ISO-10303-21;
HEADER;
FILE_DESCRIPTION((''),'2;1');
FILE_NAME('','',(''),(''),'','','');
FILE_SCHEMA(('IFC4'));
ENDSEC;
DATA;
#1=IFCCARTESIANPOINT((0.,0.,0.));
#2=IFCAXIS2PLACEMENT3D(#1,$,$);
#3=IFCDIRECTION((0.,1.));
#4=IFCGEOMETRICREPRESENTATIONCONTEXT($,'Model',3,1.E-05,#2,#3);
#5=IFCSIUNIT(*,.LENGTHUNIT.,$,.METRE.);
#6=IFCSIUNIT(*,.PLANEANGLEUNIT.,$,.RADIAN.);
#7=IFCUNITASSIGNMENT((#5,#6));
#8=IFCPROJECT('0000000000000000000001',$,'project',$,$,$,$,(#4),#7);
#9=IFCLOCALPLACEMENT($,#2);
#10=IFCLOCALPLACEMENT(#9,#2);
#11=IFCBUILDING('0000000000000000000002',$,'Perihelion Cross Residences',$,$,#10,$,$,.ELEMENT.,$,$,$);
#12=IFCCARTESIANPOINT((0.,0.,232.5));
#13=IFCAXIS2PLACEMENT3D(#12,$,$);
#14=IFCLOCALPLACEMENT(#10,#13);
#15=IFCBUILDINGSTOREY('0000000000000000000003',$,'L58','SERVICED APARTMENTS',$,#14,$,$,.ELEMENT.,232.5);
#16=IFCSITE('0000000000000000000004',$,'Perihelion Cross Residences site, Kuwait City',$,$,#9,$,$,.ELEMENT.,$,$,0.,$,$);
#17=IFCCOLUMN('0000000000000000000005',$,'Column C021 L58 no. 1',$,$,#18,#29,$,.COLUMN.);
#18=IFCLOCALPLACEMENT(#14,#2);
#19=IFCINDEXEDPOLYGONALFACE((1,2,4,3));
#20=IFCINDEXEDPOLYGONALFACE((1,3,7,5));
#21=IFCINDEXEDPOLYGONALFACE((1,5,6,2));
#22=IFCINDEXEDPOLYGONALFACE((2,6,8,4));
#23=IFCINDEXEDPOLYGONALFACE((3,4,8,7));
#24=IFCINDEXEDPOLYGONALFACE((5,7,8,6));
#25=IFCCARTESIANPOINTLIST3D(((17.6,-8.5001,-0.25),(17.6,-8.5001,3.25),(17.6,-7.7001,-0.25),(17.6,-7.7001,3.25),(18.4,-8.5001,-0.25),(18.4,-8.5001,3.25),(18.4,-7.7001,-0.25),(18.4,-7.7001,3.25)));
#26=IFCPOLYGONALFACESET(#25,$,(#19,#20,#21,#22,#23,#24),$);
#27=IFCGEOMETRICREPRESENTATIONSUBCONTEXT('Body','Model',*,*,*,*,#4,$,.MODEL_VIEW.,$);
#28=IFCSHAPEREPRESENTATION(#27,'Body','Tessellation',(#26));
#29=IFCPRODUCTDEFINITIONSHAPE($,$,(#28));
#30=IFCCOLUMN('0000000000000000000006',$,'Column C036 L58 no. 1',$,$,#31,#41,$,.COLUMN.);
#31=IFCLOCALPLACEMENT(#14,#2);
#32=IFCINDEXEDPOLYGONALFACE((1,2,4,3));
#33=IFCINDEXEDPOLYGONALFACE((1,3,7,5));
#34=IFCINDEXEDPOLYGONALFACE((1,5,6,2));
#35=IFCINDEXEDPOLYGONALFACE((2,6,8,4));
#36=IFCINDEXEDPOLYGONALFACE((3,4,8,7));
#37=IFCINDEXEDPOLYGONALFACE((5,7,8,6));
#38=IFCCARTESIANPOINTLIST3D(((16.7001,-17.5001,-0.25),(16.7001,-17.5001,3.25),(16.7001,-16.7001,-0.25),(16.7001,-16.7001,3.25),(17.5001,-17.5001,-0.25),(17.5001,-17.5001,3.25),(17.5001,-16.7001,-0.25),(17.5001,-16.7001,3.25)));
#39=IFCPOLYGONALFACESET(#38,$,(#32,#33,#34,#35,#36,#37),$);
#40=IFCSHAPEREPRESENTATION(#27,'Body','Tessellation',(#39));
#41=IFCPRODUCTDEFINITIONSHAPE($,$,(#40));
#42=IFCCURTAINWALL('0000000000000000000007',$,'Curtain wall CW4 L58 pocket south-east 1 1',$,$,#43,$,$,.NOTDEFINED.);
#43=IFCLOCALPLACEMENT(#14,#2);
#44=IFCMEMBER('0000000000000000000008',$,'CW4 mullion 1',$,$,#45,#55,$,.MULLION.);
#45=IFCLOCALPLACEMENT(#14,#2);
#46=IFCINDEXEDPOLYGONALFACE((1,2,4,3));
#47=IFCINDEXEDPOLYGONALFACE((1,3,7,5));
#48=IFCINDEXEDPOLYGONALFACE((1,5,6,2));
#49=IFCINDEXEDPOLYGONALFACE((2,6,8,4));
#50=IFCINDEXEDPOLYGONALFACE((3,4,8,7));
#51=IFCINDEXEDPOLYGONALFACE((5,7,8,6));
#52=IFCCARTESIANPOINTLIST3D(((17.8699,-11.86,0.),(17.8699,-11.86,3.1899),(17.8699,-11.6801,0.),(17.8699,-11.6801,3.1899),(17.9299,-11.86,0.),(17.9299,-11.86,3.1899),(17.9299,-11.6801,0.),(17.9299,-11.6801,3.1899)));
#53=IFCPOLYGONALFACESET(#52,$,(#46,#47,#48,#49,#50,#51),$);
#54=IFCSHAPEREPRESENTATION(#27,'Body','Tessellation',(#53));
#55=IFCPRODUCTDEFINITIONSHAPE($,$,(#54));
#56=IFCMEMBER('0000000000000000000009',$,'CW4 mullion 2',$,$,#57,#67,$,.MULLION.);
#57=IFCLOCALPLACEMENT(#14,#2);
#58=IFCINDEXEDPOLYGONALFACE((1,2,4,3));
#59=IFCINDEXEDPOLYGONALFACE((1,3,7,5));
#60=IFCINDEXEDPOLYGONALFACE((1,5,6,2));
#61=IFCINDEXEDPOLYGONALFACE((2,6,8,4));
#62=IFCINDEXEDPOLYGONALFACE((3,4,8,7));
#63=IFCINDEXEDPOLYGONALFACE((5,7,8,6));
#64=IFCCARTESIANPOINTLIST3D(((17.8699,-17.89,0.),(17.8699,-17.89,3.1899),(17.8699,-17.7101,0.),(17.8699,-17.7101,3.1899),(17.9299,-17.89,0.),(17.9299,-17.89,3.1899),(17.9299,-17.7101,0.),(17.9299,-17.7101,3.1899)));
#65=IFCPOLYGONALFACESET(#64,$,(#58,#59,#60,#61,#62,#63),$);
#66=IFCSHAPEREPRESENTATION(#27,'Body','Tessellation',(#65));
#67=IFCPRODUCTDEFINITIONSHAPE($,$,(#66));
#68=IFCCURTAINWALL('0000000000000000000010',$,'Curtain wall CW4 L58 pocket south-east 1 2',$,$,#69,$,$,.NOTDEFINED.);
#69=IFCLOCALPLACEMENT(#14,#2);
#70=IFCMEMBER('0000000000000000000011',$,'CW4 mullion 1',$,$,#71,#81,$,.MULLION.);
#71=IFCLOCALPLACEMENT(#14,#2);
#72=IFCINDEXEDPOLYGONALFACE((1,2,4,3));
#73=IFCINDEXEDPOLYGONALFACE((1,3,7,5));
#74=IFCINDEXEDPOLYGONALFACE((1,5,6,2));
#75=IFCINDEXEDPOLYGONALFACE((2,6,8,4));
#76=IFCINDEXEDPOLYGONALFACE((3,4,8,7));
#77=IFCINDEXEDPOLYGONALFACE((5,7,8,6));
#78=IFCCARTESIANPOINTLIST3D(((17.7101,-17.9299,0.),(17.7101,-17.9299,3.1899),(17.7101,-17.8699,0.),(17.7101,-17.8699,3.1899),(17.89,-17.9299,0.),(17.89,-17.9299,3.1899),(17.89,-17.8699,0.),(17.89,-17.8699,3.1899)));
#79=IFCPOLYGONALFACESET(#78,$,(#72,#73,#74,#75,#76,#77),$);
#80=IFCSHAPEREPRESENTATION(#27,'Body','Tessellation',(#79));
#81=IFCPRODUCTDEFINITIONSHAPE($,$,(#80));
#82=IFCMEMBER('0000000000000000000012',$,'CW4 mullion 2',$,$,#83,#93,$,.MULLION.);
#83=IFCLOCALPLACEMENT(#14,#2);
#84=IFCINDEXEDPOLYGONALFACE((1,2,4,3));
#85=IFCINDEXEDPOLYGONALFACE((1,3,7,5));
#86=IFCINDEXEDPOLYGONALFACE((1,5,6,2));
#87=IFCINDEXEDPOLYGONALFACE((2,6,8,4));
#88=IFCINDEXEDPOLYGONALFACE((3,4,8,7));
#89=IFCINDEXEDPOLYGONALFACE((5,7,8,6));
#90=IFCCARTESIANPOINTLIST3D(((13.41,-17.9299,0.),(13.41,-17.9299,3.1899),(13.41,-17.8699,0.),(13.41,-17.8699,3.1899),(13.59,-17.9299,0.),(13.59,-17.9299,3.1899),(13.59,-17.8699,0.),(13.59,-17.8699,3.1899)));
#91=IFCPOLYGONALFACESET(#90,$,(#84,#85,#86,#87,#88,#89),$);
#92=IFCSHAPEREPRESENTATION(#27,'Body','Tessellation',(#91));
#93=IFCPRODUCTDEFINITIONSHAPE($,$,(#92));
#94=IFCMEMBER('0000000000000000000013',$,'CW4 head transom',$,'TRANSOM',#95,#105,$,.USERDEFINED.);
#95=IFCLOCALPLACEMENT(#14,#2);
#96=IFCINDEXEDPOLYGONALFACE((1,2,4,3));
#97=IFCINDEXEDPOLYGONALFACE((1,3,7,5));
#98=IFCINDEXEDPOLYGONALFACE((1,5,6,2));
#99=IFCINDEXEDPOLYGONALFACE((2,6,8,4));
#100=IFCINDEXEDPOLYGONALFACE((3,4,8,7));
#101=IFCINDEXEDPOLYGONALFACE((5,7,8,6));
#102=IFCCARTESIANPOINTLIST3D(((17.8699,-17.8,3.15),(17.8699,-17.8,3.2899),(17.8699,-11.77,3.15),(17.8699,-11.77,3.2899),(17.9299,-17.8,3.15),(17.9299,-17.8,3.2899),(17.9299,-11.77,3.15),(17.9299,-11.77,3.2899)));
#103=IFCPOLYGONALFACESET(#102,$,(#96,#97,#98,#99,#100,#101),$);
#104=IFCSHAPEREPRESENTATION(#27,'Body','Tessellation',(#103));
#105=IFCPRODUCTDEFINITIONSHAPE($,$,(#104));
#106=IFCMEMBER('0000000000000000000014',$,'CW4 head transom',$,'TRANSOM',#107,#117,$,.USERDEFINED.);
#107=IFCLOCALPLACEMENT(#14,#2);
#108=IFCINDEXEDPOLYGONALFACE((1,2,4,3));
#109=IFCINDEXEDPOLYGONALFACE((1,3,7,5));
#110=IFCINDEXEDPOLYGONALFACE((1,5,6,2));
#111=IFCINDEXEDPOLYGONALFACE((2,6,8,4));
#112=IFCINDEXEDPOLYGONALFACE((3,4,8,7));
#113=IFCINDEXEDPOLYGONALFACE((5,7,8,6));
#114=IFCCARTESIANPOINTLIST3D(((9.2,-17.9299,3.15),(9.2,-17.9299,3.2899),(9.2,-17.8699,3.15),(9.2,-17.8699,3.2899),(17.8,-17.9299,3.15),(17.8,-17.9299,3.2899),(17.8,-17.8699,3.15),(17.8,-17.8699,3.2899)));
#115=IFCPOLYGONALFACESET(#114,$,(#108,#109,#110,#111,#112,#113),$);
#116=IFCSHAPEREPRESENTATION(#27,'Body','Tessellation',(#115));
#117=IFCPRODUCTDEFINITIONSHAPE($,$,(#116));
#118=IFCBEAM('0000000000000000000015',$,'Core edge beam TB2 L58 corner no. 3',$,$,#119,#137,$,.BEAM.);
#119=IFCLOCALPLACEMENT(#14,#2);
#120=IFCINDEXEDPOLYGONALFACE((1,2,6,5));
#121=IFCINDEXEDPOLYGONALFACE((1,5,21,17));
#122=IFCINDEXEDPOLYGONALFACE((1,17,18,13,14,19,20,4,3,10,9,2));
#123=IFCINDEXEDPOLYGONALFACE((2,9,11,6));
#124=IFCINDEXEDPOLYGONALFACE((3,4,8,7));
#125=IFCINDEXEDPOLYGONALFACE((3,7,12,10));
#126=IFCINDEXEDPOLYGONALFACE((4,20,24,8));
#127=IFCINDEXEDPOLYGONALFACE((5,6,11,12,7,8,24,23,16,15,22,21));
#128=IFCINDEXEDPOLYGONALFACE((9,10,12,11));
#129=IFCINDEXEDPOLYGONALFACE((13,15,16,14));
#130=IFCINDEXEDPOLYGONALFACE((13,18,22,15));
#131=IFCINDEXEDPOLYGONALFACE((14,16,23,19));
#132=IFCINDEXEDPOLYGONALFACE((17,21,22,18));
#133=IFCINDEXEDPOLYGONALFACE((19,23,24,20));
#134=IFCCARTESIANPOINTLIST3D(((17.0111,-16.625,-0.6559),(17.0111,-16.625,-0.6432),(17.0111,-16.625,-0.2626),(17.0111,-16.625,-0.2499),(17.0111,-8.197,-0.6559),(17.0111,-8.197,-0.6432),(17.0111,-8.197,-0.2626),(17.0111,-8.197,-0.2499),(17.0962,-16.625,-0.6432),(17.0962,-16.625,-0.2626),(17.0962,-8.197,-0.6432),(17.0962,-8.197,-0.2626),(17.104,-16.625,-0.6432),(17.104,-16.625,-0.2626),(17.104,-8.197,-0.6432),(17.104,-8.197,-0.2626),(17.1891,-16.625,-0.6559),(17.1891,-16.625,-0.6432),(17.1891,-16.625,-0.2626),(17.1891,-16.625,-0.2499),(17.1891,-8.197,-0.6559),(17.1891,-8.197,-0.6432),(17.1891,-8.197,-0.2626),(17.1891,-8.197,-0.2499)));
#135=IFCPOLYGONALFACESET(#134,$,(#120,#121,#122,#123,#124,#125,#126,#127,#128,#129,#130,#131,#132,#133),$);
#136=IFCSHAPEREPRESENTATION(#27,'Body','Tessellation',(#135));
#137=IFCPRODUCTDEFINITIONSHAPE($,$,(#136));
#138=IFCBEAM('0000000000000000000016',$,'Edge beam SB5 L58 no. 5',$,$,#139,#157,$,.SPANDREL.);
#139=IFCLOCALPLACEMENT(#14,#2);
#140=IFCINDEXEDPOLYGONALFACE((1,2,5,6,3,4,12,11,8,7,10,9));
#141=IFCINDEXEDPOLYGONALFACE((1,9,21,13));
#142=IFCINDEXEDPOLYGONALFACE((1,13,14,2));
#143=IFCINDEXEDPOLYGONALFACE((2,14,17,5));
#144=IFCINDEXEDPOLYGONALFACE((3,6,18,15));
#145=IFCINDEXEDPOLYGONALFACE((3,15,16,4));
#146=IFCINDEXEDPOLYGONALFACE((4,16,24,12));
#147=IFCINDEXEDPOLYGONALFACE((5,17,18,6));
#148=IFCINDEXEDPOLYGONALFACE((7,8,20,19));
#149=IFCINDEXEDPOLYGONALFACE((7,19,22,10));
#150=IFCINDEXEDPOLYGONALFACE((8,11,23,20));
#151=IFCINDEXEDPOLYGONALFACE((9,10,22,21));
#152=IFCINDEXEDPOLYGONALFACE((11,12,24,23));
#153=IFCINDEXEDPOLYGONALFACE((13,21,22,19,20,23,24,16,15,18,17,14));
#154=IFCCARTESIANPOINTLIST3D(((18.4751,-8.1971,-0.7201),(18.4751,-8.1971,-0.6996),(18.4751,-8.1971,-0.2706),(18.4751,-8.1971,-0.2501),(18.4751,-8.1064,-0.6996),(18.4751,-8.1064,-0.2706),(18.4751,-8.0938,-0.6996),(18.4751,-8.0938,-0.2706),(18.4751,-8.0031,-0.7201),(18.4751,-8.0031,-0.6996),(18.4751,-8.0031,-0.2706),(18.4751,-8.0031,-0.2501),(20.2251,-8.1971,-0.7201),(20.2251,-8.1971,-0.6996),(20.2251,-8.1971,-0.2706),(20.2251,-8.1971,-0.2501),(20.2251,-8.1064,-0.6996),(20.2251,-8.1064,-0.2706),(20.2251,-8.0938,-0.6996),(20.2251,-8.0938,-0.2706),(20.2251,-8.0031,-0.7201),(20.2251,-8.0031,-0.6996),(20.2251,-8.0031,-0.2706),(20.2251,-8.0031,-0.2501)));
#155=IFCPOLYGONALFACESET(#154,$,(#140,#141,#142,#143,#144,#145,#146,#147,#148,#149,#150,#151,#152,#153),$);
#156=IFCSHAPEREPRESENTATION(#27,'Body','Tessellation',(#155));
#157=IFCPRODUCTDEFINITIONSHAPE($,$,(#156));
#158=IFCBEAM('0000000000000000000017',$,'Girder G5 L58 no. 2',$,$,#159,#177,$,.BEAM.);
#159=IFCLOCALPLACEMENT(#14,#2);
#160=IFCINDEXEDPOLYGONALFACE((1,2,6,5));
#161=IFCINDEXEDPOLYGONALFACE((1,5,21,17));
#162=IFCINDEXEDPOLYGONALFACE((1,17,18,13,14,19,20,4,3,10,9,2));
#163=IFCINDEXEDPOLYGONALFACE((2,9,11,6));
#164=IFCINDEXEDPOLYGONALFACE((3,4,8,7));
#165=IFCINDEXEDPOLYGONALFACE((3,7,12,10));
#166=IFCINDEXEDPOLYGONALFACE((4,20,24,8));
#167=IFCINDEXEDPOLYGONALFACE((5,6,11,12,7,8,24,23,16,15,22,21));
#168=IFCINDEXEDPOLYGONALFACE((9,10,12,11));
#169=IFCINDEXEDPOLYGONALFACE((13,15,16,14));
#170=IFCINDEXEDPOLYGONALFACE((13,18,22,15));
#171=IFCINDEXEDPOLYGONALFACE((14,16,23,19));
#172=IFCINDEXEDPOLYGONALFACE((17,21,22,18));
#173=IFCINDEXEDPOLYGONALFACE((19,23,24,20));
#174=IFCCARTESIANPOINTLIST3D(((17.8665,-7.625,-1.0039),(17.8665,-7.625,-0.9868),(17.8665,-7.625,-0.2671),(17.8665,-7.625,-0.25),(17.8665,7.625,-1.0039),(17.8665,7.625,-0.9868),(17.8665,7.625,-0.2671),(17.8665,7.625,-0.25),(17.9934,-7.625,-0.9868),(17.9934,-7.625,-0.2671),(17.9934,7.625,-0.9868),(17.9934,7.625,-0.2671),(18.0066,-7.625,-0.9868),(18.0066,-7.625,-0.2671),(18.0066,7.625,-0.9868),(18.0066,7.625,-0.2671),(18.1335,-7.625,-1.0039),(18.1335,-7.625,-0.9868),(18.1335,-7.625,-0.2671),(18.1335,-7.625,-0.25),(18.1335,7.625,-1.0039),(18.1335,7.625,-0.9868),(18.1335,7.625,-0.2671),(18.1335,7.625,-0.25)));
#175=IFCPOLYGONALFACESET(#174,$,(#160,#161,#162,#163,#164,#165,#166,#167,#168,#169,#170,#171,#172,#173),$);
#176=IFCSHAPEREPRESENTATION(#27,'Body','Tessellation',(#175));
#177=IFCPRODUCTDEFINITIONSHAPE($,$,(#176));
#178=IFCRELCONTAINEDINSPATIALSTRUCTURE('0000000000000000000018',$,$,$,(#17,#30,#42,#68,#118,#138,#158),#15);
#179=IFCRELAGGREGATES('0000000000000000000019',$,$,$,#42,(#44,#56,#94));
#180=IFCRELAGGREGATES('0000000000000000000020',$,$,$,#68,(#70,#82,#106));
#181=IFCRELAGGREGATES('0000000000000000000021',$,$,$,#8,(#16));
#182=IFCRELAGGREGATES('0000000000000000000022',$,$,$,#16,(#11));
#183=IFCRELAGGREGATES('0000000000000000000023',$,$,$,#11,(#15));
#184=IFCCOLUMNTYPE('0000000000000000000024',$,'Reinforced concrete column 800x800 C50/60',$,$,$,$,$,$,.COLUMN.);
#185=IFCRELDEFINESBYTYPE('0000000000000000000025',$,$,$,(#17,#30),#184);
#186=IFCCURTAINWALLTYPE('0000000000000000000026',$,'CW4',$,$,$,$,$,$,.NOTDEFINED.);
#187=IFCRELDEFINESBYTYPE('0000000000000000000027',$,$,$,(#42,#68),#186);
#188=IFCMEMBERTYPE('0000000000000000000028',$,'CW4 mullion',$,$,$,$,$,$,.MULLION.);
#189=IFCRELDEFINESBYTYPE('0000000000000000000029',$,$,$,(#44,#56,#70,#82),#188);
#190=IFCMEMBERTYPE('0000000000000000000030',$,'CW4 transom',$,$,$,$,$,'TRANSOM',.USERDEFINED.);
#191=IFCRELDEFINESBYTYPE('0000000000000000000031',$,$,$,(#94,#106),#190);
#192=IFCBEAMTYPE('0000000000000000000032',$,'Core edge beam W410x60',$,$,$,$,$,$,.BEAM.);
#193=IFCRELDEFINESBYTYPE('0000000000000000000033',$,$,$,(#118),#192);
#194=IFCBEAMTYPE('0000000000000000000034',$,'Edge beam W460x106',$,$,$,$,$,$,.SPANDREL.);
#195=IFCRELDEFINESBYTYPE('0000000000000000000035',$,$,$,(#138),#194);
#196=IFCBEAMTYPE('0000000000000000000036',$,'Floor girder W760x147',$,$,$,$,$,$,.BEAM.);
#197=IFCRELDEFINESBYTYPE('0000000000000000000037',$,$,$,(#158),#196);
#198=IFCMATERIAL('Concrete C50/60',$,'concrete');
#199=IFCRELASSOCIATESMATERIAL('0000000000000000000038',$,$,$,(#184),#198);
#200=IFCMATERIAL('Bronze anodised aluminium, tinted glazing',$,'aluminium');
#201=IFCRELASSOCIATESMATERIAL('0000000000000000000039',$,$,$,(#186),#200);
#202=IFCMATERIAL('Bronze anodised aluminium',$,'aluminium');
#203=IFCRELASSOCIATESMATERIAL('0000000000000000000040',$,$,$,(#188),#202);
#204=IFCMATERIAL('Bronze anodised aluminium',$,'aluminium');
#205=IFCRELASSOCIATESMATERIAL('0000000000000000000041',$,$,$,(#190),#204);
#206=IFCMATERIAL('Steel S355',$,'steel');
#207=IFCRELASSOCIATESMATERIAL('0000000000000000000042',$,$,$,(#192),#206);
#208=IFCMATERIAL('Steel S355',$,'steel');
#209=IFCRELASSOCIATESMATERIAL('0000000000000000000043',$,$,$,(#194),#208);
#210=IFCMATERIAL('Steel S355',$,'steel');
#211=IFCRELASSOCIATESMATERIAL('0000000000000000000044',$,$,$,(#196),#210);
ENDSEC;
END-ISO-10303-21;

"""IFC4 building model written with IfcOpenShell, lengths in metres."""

from ifc_helpers import new_model, si_unit, direction, frame, origin, origin_2d, place, context, subcontext, project, spatial, rectangle, i_section, extrude, material, material_profile, profile_set, type_object, element, aggregate, save


model = new_model("IFC4")

# Units and contexts
model_context = context("Model", 3, precision=1e-05, world=origin(), true_north=direction((0.0, 1.0)))
body_context = subcontext(model_context, "Body", "Model", "MODEL_VIEW")
ifc_project = project(units=[si_unit("LENGTHUNIT", "METRE"), si_unit("PLANEANGLEUNIT", "RADIAN")], contexts=[model_context])

# Site, building, storey
site_placement = place(None, origin())
site = spatial("IfcSite", under=ifc_project, at=site_placement, Name="Perihelion Cross Residences site, Kuwait City", CompositionType="ELEMENT", RefElevation=0.0)
building_placement = place(site_placement, origin())
building = spatial("IfcBuilding", under=site, at=building_placement, Name="Perihelion Cross Residences", CompositionType="ELEMENT")
storey_placement = place(building_placement, frame((0.0, 0.0, 232.5)))
storey = spatial("IfcBuildingStorey", under=building, at=storey_placement, Name="L58", Description="SERVICED APARTMENTS", CompositionType="ELEMENT", Elevation=232.5)

# Columns
ifc_material_1 = material(Name="Concrete C50/60", Category="concrete")
ifc_material_profile_1 = material_profile(ifc_material_1, rectangle(XDim=0.8, YDim=0.8, at=origin_2d()), Name="RC 800x800")
ifc_profile_set_1 = profile_set([ifc_material_profile_1], Name="Concrete C50/60")
column_type = type_object("IfcColumnType", Name="Reinforced concrete column 800x800 C50/60", PredefinedType="COLUMN", material=ifc_profile_set_1)
for number, where, z_axis, x_axis, name in (
    (1, (18.0, -8.1001, -0.25), (0.0, 0.0, 1.0), (1.0, 0.0, 0.0), "Column C021 L58 no. 1"),
    (2, (17.1001, -17.1001, -0.25), (0.0, 0.0, 1.0), (1.0, 0.0, 0.0), "Column C036 L58 no. 1"),
):
    element("IfcColumn", number, at=place(storey_placement, frame(where, z_axis=z_axis, x_axis=x_axis)), inside=storey, type_object=column_type, Name=name, PredefinedType="COLUMN", context=body_context, shape_type="SweptSolid", body=[
        extrude(rectangle(XDim=0.8, YDim=0.8, at=origin_2d()), origin(), (0.0, 0.0, 1.0), 3.5),
    ])

# Curtain walls, members
ifc_material_2 = material(Name="Bronze anodised aluminium, tinted glazing", Category="aluminium")
curtain_wall_type_1 = type_object("IfcCurtainWallType", Name="CW4", PredefinedType="NOTDEFINED", material=ifc_material_2)
curtain_wall_1_placement = place(storey_placement, origin())
curtain_wall_1 = element("IfcCurtainWall", 3, at=curtain_wall_1_placement, inside=storey, type_object=curtain_wall_type_1, Name="Curtain wall CW4 L58 pocket south-east 1 1", PredefinedType="NOTDEFINED")
ifc_material_3 = material(Name="Bronze anodised aluminium", Category="aluminium")
ifc_material_profile_2 = material_profile(ifc_material_3, rectangle(XDim=0.0601, YDim=0.1799, at=origin_2d()), Name="CW4 mullion")
ifc_profile_set_2 = profile_set([ifc_material_profile_2], Name="Bronze anodised aluminium")
member_type_1 = type_object("IfcMemberType", Name="CW4 mullion", PredefinedType="MULLION", material=ifc_profile_set_2)
member_1_placement = place(storey_placement, frame((17.8999, -11.77, 0.0), z_axis=(0.0, 0.0, 1.0), x_axis=(1.0, 0.0, 0.0)))
member_1 = element("IfcMember", 4, at=member_1_placement, type_object=member_type_1, Name="CW4 mullion 1", PredefinedType="MULLION", context=body_context, shape_type="SweptSolid", body=[
    extrude(rectangle(XDim=0.0601, YDim=0.1799, at=origin_2d()), origin(), (0.0, 0.0, 1.0), 3.1899),
])
member_2_placement = place(storey_placement, frame((17.8999, -17.8, 0.0), z_axis=(0.0, 0.0, 1.0), x_axis=(1.0, 0.0, 0.0)))
member_2 = element("IfcMember", 5, at=member_2_placement, type_object=member_type_1, Name="CW4 mullion 2", PredefinedType="MULLION", context=body_context, shape_type="SweptSolid", body=[
    extrude(rectangle(XDim=0.0601, YDim=0.1799, at=origin_2d()), origin(), (0.0, 0.0, 1.0), 3.1899),
])
curtain_wall_2_placement = place(storey_placement, origin())
curtain_wall_2 = element("IfcCurtainWall", 6, at=curtain_wall_2_placement, inside=storey, type_object=curtain_wall_type_1, Name="Curtain wall CW4 L58 pocket south-east 1 2", PredefinedType="NOTDEFINED")
member_3_placement = place(storey_placement, frame((17.8, -17.8999, 0.0), z_axis=(0.0, 0.0, 1.0), x_axis=(0.0, -1.0, 0.0)))
member_3 = element("IfcMember", 7, at=member_3_placement, type_object=member_type_1, Name="CW4 mullion 1", PredefinedType="MULLION", context=body_context, shape_type="SweptSolid", body=[
    extrude(rectangle(XDim=0.0601, YDim=0.1799, at=origin_2d()), origin(), (0.0, 0.0, 1.0), 3.1899),
])
member_4_placement = place(storey_placement, frame((13.5, -17.8999, 0.0), z_axis=(0.0, 0.0, 1.0), x_axis=(0.0, -1.0, 0.0)))
member_4 = element("IfcMember", 8, at=member_4_placement, type_object=member_type_1, Name="CW4 mullion 2", PredefinedType="MULLION", context=body_context, shape_type="SweptSolid", body=[
    extrude(rectangle(XDim=0.0601, YDim=0.1799, at=origin_2d()), origin(), (0.0, 0.0, 1.0), 3.1899),
])

# Members
ifc_material_4 = material(Name="Bronze anodised aluminium", Category="aluminium")
ifc_material_profile_3 = material_profile(ifc_material_4, rectangle(XDim=0.0601, YDim=0.1399, at=origin_2d()), Name="CW4 transom")
ifc_profile_set_3 = profile_set([ifc_material_profile_3], Name="Bronze anodised aluminium")
member_type_2 = type_object("IfcMemberType", Name="CW4 transom", ElementType="TRANSOM", PredefinedType="USERDEFINED", material=ifc_profile_set_3)
member_5_placement = place(storey_placement, frame((17.8999, -11.77, 3.22), z_axis=(0.0, -1.0, 0.0), x_axis=(1.0, 0.0, 0.0)))
member_5 = element("IfcMember", 9, at=member_5_placement, type_object=member_type_2, Name="CW4 head transom", ObjectType="TRANSOM", PredefinedType="USERDEFINED", context=body_context, shape_type="SweptSolid", body=[
    extrude(rectangle(XDim=0.0601, YDim=0.1399, at=origin_2d()), origin(), (0.0, 0.0, 1.0), 6.03),
])
member_6_placement = place(storey_placement, frame((17.8, -17.8999, 3.22), z_axis=(-1.0, 0.0, 0.0), x_axis=(0.0, -1.0, 0.0)))
member_6 = element("IfcMember", 10, at=member_6_placement, type_object=member_type_2, Name="CW4 head transom", ObjectType="TRANSOM", PredefinedType="USERDEFINED", context=body_context, shape_type="SweptSolid", body=[
    extrude(rectangle(XDim=0.0601, YDim=0.1399, at=origin_2d()), origin(), (0.0, 0.0, 1.0), 8.6001),
])

# Beams
ifc_material_5 = material(Name="Steel S355", Category="steel")
ifc_material_profile_4 = material_profile(ifc_material_5, i_section(OverallWidth=0.178, OverallDepth=0.406, WebThickness=0.0078, FlangeThickness=0.0127, at=origin_2d()), Name="W410x60")
ifc_profile_set_4 = profile_set([ifc_material_profile_4], Name="Steel S355")
beam_type_1 = type_object("IfcBeamType", Name="Core edge beam W410x60", PredefinedType="BEAM", material=ifc_profile_set_4)
beam_1_placement = place(storey_placement, frame((17.1001, -8.197, -0.4529), z_axis=(0.0, -1.0, 0.0), x_axis=(1.0, 0.0, 0.0)))
element("IfcBeam", 11, at=beam_1_placement, inside=storey, type_object=beam_type_1, Name="Core edge beam TB2 L58 corner no. 3", PredefinedType="BEAM", context=body_context, shape_type="SweptSolid", body=[
    extrude(i_section(OverallWidth=0.178, OverallDepth=0.406, WebThickness=0.0078, FlangeThickness=0.0127, at=origin_2d()), origin(), (0.0, 0.0, 1.0), 8.428),
])
ifc_material_6 = material(Name="Steel S355", Category="steel")
ifc_material_profile_5 = material_profile(ifc_material_6, i_section(OverallWidth=0.1941, OverallDepth=0.47, WebThickness=0.0127, FlangeThickness=0.0205, at=origin_2d()), Name="W460x106")
ifc_profile_set_5 = profile_set([ifc_material_profile_5], Name="Steel S355")
beam_type_2 = type_object("IfcBeamType", Name="Edge beam W460x106", PredefinedType="SPANDREL", material=ifc_profile_set_5)
beam_2_placement = place(storey_placement, frame((18.4751, -8.1001, -0.4851), z_axis=(1.0, 0.0, 0.0), x_axis=(0.0, 1.0, 0.0)))
element("IfcBeam", 12, at=beam_2_placement, inside=storey, type_object=beam_type_2, Name="Edge beam SB5 L58 no. 5", PredefinedType="SPANDREL", context=body_context, shape_type="SweptSolid", body=[
    extrude(i_section(OverallWidth=0.1941, OverallDepth=0.47, WebThickness=0.0127, FlangeThickness=0.0205, at=origin_2d()), origin(), (0.0, 0.0, 1.0), 1.75),
])
ifc_material_7 = material(Name="Steel S355", Category="steel")
ifc_material_profile_6 = material_profile(ifc_material_7, i_section(OverallWidth=0.2671, OverallDepth=0.7539, WebThickness=0.0132, FlangeThickness=0.0171, at=origin_2d()), Name="W760x147")
ifc_profile_set_6 = profile_set([ifc_material_profile_6], Name="Steel S355")
beam_type_3 = type_object("IfcBeamType", Name="Floor girder W760x147", PredefinedType="BEAM", material=ifc_profile_set_6)
beam_3_placement = place(storey_placement, frame((18.0, -7.625, -0.627), z_axis=(0.0, 1.0, 0.0), x_axis=(-1.0, 0.0, 0.0)))
element("IfcBeam", 13, at=beam_3_placement, inside=storey, type_object=beam_type_3, Name="Girder G5 L58 no. 2", PredefinedType="BEAM", context=body_context, shape_type="SweptSolid", body=[
    extrude(i_section(OverallWidth=0.2671, OverallDepth=0.7539, WebThickness=0.0132, FlangeThickness=0.0171, at=origin_2d()), origin(), (0.0, 0.0, 1.0), 15.25),
])

aggregate(curtain_wall_1, [member_1, member_2, member_5])
aggregate(curtain_wall_2, [member_3, member_4, member_6])

save(model, "model.ifc")
